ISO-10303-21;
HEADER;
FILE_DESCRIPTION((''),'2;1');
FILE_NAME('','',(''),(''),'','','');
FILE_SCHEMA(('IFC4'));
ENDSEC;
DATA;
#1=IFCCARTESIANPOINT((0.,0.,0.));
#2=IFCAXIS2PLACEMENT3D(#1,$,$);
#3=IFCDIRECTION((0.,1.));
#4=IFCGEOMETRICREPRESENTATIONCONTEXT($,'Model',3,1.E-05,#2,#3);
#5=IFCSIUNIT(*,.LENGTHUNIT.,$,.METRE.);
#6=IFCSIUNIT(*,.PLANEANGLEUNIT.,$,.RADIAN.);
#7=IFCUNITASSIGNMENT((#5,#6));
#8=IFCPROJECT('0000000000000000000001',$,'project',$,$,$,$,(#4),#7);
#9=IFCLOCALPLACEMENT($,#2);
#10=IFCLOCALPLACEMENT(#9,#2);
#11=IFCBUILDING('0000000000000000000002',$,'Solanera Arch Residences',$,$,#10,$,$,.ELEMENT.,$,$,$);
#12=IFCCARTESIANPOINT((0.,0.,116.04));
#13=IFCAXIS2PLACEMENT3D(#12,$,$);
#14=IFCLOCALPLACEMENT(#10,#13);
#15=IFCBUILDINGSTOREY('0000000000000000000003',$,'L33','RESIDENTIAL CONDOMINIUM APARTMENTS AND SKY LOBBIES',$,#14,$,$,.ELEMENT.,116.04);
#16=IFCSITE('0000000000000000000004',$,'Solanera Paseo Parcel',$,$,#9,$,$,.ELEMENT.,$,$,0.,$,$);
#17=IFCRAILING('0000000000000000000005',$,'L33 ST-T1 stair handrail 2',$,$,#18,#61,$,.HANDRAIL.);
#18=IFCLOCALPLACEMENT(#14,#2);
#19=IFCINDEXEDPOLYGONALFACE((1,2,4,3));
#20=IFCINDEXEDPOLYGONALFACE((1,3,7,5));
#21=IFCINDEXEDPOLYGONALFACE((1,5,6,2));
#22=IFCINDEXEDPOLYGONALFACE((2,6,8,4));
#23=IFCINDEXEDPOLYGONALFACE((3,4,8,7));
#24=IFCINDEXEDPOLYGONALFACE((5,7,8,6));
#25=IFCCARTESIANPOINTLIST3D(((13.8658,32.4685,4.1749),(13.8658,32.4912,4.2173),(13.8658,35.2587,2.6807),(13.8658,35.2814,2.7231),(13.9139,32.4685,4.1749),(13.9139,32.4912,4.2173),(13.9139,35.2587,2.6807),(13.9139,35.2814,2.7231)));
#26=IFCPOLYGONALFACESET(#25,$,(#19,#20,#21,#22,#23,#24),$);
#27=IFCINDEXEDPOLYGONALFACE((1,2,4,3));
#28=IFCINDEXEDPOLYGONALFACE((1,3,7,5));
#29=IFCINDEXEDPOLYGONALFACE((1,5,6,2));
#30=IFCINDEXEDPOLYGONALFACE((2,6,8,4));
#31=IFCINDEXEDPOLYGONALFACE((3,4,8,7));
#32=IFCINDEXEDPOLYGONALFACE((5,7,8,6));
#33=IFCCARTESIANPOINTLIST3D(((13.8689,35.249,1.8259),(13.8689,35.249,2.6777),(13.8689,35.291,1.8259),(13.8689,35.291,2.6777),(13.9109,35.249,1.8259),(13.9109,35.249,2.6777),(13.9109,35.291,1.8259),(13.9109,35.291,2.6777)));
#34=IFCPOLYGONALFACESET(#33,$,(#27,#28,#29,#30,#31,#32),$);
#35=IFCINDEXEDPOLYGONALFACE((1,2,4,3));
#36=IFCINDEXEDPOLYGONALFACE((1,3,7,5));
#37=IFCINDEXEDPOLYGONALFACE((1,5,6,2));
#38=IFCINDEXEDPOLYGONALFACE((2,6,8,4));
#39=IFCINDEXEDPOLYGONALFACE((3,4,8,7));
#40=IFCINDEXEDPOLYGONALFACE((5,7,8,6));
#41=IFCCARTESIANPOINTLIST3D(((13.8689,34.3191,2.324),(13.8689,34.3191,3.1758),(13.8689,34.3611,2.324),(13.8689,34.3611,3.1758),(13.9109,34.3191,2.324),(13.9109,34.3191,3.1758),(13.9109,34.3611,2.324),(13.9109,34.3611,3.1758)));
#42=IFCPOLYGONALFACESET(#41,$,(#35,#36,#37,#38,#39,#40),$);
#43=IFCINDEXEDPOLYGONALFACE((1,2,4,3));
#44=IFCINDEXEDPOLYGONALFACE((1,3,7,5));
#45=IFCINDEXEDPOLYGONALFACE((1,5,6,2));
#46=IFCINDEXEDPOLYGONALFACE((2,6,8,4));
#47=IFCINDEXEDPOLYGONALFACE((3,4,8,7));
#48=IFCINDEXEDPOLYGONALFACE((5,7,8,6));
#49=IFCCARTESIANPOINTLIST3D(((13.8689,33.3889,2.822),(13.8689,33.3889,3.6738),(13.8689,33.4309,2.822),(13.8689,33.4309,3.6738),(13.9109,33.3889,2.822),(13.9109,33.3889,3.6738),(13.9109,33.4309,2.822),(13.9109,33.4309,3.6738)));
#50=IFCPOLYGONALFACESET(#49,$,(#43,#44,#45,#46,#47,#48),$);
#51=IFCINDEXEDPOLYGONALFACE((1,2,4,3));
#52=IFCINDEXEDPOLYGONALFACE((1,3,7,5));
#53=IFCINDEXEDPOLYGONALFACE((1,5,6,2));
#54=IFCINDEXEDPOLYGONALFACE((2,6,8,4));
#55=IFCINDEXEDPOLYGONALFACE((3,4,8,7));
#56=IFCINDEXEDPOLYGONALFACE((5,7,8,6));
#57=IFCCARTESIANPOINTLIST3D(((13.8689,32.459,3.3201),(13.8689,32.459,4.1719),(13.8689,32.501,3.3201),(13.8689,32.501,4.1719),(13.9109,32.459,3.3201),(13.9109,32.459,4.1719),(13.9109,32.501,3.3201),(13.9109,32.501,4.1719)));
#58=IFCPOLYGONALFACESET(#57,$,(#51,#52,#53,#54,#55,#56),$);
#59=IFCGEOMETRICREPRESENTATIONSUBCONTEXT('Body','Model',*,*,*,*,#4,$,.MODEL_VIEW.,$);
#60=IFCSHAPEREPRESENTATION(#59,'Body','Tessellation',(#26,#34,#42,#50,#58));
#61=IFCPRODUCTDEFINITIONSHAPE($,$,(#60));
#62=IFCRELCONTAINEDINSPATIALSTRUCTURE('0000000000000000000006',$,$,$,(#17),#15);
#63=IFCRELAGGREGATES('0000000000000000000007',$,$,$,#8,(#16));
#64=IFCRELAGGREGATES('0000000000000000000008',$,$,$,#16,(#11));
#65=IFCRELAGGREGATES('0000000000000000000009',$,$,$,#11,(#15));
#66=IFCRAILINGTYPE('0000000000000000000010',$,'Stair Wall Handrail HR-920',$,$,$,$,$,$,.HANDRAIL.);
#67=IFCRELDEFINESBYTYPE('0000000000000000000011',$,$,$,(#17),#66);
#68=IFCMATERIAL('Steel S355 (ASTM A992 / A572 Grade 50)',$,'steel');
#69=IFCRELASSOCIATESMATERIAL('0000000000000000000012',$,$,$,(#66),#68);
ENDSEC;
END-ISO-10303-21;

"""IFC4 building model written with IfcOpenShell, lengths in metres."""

from ifc_helpers import new_model, si_unit, direction, frame, origin, origin_2d, place, context, subcontext, project, spatial, rectangle, extrude, material, type_object, element, save


model = new_model("IFC4")

# Units and contexts
model_context = context("Model", 3, precision=1e-05, world=origin(), true_north=direction((0.0, 1.0)))
body_context = subcontext(model_context, "Body", "Model", "MODEL_VIEW")
ifc_project = project(units=[si_unit("LENGTHUNIT", "METRE"), si_unit("PLANEANGLEUNIT", "RADIAN")], contexts=[model_context])

# Site, building, storey
site_placement = place(None, origin())
site = spatial("IfcSite", under=ifc_project, at=site_placement, Name="Solanera Paseo Parcel", CompositionType="ELEMENT", RefElevation=0.0)
building_placement = place(site_placement, origin())
building = spatial("IfcBuilding", under=site, at=building_placement, Name="Solanera Arch Residences", CompositionType="ELEMENT")
storey_placement = place(building_placement, frame((0.0, 0.0, 116.04)))
storey = spatial("IfcBuildingStorey", under=building, at=storey_placement, Name="L33", Description="RESIDENTIAL CONDOMINIUM APARTMENTS AND SKY LOBBIES", CompositionType="ELEMENT", Elevation=116.04)

# Railing
ifc_material_1 = material(Name="Steel S355 (ASTM A992 / A572 Grade 50)", Category="steel")
railing_type_1 = type_object("IfcRailingType", Name="Stair Wall Handrail HR-920", PredefinedType="HANDRAIL", material=ifc_material_1)
railing_1_placement = place(storey_placement, frame((13.8899, 35.27, 1.8259)))
element("IfcRailing", 1, at=railing_1_placement, inside=storey, type_object=railing_type_1, Name="L33 ST-T1 stair handrail 2", PredefinedType="HANDRAIL", context=body_context, shape_type="SweptSolid", body=[
    extrude(rectangle(XDim=0.0481, YDim=0.0481, at=origin_2d()), frame((0.0, 0.0, 0.876), z_axis=(0.0, -0.881549, 0.472093), x_axis=(1.0, 0.0, 0.0)), (0.0, 0.0, 1.0), 3.165),
    extrude(rectangle(XDim=0.042, YDim=0.042, at=origin_2d()), origin(), (0.0, 0.0, 1.0), 0.8518),
    extrude(rectangle(XDim=0.042, YDim=0.042, at=origin_2d()), frame((0.0, -0.9299, 0.498)), (0.0, 0.0, 1.0), 0.8518),
    extrude(rectangle(XDim=0.042, YDim=0.042, at=origin_2d()), frame((0.0, -1.8601, 0.9961)), (0.0, 0.0, 1.0), 0.8518),
    extrude(rectangle(XDim=0.042, YDim=0.042, at=origin_2d()), frame((0.0, -2.79, 1.4941)), (0.0, 0.0, 1.0), 0.8518),
])

save(model, "model.ifc")
